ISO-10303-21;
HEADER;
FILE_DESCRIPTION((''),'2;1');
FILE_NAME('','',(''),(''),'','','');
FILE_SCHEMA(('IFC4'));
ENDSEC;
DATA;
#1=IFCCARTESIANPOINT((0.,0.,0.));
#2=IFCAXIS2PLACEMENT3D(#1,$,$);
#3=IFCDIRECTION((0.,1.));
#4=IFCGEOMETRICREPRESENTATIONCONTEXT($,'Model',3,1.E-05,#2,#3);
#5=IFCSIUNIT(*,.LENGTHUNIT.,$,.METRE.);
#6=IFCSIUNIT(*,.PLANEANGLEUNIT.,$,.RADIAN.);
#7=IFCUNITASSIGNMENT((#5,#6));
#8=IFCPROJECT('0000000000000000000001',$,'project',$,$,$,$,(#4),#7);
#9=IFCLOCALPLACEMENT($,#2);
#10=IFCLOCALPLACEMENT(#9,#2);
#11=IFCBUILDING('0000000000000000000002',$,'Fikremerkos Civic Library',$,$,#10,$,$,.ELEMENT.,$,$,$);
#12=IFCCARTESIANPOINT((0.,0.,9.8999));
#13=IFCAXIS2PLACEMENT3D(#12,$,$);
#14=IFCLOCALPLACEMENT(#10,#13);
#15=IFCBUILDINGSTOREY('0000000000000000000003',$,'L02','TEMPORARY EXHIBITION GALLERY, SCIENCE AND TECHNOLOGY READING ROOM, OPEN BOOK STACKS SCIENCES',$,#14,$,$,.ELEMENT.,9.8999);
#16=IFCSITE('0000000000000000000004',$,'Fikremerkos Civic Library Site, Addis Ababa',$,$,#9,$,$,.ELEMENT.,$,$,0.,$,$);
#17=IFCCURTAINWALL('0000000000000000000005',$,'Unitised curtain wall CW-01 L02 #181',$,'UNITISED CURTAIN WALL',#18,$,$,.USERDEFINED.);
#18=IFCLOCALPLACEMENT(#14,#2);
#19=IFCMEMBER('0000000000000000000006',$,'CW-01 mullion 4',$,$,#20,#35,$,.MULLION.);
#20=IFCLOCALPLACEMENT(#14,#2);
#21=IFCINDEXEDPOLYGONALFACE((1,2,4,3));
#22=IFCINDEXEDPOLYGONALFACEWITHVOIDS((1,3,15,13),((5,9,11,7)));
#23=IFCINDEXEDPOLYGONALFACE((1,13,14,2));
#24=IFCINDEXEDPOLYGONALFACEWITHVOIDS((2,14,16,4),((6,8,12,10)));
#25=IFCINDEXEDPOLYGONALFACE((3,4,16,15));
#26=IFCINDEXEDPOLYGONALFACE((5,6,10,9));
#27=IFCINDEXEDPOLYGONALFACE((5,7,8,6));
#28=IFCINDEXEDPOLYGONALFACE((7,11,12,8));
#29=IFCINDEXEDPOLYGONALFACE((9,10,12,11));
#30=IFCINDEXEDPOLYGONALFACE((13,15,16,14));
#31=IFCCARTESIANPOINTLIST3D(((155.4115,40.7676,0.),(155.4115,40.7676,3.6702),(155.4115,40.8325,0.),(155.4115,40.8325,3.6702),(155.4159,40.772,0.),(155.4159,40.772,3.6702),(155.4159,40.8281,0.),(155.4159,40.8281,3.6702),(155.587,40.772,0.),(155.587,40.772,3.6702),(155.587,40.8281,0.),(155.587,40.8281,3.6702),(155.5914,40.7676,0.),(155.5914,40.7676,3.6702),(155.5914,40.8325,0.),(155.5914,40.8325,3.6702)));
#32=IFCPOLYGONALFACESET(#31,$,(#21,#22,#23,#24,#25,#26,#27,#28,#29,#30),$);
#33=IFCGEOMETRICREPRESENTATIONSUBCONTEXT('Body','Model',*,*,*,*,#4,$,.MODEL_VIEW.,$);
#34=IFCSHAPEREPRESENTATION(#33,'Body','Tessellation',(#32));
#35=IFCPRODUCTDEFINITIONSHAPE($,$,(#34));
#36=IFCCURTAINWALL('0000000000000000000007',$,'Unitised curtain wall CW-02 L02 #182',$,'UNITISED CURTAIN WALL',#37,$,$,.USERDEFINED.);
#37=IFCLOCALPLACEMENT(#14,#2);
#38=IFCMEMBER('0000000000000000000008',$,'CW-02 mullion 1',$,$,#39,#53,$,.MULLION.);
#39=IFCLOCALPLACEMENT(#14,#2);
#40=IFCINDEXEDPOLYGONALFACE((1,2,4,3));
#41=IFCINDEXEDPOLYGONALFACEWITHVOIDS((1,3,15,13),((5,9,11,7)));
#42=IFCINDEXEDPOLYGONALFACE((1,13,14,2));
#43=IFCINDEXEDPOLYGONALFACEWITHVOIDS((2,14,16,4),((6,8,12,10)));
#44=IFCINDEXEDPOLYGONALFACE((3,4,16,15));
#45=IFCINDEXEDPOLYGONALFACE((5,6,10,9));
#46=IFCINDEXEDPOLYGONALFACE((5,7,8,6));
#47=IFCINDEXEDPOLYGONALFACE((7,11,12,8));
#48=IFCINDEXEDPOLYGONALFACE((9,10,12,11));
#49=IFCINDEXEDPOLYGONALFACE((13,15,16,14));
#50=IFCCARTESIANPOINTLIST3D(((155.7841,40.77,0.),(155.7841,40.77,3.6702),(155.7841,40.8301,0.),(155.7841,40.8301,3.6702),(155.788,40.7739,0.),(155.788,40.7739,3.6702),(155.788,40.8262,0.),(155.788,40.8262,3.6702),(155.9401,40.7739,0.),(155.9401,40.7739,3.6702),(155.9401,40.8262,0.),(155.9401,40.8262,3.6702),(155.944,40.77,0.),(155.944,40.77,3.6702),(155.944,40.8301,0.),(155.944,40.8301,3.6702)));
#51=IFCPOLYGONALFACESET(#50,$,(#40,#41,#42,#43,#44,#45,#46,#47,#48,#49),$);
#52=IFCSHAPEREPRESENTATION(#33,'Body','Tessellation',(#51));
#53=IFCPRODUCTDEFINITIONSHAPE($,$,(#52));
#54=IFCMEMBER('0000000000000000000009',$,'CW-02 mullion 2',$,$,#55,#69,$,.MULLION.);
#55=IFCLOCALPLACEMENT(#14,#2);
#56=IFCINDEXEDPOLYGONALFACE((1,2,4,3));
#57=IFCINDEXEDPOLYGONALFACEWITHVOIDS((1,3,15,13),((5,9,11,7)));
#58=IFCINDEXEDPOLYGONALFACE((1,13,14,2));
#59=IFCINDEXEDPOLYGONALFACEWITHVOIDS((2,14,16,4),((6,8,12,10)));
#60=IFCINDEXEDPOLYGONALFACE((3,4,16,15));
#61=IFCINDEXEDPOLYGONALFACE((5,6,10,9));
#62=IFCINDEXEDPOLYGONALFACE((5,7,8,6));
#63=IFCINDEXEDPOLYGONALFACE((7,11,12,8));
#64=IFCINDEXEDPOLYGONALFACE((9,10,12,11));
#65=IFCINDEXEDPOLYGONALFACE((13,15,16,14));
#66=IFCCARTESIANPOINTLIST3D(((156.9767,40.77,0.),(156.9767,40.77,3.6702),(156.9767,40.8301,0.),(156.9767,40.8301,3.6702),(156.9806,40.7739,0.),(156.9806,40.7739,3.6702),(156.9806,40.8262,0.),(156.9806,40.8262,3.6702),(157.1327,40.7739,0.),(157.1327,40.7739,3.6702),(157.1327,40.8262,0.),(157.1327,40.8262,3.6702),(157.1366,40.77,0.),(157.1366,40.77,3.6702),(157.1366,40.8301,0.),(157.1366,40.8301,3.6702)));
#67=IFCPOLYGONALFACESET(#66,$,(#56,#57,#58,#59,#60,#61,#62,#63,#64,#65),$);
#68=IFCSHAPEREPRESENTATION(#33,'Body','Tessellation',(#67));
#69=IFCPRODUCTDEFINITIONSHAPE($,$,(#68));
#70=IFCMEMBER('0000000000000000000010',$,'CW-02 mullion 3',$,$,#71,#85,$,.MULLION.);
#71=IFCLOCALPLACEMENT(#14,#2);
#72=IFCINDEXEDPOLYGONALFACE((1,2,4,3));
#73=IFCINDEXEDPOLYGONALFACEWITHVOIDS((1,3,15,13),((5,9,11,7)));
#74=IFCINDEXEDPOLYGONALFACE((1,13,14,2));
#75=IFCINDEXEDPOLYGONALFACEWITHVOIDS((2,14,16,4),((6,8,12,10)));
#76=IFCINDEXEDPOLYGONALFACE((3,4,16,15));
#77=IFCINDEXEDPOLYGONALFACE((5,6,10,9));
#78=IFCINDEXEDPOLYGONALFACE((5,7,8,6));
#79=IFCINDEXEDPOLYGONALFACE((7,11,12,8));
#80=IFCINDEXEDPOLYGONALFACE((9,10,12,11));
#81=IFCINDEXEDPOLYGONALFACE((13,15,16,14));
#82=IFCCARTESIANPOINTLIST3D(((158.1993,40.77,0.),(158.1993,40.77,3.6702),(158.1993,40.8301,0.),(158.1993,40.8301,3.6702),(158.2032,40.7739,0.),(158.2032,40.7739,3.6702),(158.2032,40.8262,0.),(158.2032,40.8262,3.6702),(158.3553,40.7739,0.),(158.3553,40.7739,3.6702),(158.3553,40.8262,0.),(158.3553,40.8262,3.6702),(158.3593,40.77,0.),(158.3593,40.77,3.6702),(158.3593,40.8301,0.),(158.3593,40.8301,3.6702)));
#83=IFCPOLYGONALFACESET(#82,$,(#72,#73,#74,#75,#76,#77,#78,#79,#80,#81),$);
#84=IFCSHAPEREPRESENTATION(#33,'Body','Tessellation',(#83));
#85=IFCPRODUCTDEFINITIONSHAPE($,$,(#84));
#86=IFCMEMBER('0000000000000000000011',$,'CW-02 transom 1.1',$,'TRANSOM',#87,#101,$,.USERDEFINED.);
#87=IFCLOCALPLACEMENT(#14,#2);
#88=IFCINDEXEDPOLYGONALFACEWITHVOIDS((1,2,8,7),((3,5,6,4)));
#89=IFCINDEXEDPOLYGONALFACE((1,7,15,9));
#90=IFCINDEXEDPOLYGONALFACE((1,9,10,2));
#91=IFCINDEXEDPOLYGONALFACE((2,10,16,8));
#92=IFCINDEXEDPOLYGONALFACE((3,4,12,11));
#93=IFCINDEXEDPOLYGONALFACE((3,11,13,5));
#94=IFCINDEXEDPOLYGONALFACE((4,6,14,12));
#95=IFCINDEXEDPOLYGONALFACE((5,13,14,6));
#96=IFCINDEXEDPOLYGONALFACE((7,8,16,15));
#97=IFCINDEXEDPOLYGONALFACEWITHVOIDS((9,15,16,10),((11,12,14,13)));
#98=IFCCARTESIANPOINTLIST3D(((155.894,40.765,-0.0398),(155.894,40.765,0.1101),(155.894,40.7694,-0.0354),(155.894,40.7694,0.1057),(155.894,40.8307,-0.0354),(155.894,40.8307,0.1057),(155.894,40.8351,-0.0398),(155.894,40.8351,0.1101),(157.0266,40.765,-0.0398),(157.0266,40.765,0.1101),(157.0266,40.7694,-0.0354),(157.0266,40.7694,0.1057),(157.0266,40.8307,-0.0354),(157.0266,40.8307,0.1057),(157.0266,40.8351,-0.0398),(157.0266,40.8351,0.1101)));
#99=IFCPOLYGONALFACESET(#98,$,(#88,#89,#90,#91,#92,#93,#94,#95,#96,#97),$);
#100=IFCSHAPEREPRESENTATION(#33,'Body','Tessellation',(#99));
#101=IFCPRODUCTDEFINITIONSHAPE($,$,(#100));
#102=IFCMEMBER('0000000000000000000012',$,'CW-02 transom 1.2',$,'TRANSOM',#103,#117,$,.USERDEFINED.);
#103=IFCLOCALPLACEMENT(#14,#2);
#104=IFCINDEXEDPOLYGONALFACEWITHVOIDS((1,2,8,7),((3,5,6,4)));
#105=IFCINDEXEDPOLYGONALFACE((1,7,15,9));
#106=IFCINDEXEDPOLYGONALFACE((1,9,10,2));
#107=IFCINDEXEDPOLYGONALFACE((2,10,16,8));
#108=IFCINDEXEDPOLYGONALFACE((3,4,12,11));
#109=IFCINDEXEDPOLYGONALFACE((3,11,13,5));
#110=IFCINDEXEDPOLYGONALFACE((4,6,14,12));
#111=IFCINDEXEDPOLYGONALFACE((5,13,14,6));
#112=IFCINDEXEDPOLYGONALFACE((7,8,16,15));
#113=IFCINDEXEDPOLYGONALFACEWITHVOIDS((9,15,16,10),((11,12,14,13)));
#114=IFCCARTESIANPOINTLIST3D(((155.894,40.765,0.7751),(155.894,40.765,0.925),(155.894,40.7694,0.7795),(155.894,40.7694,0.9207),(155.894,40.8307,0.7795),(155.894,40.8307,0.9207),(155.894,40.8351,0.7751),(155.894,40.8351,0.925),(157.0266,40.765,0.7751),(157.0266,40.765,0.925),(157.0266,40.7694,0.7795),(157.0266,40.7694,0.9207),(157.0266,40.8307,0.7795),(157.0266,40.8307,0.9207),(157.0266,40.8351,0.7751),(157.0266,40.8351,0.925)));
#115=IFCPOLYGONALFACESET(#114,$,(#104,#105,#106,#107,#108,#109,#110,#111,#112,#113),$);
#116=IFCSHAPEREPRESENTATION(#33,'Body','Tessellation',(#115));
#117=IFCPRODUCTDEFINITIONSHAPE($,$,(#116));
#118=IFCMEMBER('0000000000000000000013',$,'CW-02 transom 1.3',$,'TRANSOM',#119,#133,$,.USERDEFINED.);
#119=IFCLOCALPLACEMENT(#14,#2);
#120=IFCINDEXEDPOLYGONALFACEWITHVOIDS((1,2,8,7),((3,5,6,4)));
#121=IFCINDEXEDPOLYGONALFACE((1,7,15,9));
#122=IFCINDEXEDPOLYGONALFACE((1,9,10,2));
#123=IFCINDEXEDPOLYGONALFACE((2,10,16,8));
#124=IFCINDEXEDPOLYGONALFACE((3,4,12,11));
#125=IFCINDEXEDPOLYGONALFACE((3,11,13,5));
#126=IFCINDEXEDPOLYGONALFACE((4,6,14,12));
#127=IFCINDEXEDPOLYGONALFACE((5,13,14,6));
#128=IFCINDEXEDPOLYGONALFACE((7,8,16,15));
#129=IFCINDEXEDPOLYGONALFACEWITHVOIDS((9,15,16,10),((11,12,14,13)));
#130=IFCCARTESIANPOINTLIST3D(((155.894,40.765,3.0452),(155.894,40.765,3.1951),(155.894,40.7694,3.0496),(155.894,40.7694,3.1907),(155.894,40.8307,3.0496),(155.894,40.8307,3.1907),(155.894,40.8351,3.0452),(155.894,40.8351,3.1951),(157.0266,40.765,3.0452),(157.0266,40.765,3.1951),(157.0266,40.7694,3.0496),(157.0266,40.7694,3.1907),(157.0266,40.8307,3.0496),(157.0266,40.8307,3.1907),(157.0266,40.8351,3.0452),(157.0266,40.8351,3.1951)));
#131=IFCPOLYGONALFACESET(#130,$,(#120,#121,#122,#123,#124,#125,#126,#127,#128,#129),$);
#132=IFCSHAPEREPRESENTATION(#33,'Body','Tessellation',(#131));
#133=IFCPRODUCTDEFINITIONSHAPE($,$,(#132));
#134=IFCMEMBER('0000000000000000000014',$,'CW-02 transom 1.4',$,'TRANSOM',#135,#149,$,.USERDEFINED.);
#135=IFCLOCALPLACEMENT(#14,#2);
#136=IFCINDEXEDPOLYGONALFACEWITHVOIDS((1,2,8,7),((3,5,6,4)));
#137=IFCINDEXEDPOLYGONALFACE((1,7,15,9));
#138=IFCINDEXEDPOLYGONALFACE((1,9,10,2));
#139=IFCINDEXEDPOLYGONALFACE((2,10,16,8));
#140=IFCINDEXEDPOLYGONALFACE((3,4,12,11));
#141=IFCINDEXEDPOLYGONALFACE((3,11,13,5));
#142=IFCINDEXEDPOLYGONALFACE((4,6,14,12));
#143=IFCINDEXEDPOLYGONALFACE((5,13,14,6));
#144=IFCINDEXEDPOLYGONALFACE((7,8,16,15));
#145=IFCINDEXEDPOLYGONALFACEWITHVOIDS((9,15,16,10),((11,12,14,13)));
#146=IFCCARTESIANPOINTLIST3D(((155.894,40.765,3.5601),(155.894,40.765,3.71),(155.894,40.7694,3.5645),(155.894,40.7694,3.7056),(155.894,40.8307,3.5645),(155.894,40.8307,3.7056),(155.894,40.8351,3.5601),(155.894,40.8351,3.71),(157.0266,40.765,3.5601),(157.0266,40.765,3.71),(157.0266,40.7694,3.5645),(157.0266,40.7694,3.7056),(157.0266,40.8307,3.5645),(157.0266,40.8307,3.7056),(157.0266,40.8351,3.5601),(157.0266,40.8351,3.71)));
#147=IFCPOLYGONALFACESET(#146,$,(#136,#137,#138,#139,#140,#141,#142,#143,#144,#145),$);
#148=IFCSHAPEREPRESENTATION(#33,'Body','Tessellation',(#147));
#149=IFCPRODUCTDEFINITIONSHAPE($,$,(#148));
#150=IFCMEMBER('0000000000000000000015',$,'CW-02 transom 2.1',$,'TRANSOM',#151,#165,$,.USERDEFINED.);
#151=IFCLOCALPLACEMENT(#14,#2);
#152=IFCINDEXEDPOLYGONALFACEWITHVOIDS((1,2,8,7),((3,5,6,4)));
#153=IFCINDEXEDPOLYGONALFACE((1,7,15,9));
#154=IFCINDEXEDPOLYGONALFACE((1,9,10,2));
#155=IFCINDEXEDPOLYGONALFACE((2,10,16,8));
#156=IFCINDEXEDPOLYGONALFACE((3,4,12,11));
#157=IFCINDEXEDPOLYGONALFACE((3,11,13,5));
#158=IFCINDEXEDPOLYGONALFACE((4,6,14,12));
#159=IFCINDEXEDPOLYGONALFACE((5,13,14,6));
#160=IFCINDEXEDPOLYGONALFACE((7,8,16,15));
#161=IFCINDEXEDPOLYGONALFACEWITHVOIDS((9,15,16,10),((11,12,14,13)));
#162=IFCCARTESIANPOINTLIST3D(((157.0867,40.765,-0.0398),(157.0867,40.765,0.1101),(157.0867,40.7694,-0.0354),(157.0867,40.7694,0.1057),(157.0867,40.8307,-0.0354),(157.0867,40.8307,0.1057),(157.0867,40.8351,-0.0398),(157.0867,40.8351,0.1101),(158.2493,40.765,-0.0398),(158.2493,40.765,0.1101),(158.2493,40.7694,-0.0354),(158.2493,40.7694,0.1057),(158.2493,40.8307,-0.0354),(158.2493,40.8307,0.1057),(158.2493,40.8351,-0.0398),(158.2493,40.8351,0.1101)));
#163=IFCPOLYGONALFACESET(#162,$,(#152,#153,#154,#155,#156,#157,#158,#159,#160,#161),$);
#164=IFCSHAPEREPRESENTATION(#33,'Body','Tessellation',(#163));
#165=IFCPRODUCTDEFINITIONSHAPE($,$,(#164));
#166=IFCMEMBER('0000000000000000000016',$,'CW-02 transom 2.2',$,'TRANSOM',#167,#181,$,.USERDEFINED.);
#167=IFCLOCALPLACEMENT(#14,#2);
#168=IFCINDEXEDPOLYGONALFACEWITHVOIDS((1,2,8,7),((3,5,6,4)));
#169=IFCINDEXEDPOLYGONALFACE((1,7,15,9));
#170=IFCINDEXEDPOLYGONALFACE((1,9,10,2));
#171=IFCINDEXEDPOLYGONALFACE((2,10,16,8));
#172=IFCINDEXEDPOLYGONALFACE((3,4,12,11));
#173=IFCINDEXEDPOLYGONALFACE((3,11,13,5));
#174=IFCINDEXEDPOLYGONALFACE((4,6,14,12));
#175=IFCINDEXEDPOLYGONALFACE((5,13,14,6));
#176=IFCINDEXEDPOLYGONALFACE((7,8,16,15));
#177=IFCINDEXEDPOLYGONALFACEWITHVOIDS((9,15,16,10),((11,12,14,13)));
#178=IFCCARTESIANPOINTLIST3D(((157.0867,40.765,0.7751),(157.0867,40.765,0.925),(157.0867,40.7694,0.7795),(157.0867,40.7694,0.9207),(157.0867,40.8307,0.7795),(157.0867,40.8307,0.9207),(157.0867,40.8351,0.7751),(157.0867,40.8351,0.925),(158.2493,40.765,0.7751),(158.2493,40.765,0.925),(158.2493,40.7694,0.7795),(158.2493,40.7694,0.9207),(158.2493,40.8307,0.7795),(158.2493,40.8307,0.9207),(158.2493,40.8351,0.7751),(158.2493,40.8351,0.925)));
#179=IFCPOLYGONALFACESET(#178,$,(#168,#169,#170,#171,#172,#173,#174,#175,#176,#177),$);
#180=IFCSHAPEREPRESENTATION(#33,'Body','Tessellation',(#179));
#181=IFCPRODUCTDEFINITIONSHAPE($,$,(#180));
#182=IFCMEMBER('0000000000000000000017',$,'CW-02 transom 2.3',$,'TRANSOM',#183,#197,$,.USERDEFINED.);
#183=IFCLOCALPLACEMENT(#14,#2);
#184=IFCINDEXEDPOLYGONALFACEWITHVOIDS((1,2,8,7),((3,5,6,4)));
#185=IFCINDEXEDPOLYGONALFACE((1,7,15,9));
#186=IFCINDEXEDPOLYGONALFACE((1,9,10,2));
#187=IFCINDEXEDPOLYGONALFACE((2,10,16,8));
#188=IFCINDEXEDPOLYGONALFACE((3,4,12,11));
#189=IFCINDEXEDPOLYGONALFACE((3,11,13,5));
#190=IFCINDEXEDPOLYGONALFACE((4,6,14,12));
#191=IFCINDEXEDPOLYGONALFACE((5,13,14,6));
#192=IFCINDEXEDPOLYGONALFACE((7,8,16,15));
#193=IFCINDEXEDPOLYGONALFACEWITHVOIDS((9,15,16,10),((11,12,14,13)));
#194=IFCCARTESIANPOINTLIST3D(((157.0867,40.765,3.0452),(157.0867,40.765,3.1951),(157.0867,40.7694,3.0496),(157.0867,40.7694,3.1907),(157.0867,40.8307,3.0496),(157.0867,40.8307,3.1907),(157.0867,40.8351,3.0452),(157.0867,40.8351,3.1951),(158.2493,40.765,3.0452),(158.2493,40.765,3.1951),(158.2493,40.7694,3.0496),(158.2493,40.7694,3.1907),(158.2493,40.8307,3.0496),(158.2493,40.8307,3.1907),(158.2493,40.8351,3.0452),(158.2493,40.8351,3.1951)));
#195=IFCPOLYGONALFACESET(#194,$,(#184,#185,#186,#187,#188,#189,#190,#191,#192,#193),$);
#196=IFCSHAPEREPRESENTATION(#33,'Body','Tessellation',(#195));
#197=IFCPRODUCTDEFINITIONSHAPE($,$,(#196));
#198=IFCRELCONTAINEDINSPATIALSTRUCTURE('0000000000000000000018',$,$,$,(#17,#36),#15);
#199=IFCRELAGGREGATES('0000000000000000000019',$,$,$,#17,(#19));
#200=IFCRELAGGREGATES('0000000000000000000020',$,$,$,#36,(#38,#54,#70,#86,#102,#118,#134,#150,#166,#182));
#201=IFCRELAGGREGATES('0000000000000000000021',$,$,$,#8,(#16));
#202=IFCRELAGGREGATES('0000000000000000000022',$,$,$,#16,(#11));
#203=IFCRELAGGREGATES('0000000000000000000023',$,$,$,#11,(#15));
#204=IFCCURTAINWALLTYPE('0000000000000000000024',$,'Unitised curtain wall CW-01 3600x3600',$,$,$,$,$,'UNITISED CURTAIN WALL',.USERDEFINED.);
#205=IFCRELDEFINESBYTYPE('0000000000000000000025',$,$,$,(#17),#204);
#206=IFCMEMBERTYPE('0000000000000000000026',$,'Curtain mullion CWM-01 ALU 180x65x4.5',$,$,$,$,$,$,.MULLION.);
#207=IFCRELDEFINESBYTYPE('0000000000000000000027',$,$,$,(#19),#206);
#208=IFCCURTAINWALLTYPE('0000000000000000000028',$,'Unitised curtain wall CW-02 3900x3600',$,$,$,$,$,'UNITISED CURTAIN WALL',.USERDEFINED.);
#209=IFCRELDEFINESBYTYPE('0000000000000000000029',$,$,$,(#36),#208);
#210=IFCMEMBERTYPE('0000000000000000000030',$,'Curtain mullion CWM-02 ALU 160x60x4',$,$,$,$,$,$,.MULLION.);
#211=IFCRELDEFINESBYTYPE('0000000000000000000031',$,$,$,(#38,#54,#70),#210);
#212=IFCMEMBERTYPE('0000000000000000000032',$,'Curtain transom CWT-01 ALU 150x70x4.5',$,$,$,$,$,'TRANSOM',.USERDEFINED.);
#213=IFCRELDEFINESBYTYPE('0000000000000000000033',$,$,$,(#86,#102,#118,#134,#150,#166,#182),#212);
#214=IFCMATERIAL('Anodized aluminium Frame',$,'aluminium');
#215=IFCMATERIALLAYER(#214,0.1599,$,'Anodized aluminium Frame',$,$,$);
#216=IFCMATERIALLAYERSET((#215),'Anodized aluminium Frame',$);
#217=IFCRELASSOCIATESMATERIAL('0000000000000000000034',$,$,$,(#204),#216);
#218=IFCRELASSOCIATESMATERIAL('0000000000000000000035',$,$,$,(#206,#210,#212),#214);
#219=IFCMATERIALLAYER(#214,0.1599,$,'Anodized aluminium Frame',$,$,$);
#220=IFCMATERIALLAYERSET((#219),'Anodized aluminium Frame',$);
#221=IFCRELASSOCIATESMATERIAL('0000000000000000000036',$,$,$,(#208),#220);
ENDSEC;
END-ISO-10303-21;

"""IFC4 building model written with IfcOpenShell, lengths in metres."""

from ifc_helpers import new_model, si_unit, direction, frame, origin, origin_2d, place, context, subcontext, project, spatial, hollow_rectangle, extrude, material, layer, layer_set, material_profile, profile_set, type_object, element, aggregate, save


model = new_model("IFC4")

# Units and contexts
model_context = context("Model", 3, precision=1e-05, world=origin(), true_north=direction((0.0, 1.0)))
body_context = subcontext(model_context, "Body", "Model", "MODEL_VIEW")
ifc_project = project(units=[si_unit("LENGTHUNIT", "METRE"), si_unit("PLANEANGLEUNIT", "RADIAN")], contexts=[model_context])

# Site, building, storey
site_placement = place(None, origin())
site = spatial("IfcSite", under=ifc_project, at=site_placement, Name="Fikremerkos Civic Library Site, Addis Ababa", CompositionType="ELEMENT", RefElevation=0.0)
building_placement = place(site_placement, origin())
building = spatial("IfcBuilding", under=site, at=building_placement, Name="Fikremerkos Civic Library", CompositionType="ELEMENT")
storey_placement = place(building_placement, frame((0.0, 0.0, 9.8999)))
storey = spatial("IfcBuildingStorey", under=building, at=storey_placement, Name="L02", Description="TEMPORARY EXHIBITION GALLERY, SCIENCE AND TECHNOLOGY READING ROOM, OPEN BOOK STACKS SCIENCES", CompositionType="ELEMENT", Elevation=9.8999)

# Curtain wall, member
ifc_material_1 = material(Name="Anodized aluminium Frame", Category="aluminium")
ifc_layer_1 = layer(ifc_material_1, 0.1599, Name="Anodized aluminium Frame")
ifc_layer_set_1 = layer_set([ifc_layer_1], Name="Anodized aluminium Frame")
curtain_wall_type_1 = type_object("IfcCurtainWallType", Name="Unitised curtain wall CW-01 3600x3600", ElementType="UNITISED CURTAIN WALL", PredefinedType="USERDEFINED", material=ifc_layer_set_1)
curtain_wall_1_placement = place(storey_placement, origin())
curtain_wall_1 = element("IfcCurtainWall", 1, at=curtain_wall_1_placement, inside=storey, type_object=curtain_wall_type_1, Name="Unitised curtain wall CW-01 L02 #181", ObjectType="UNITISED CURTAIN WALL", PredefinedType="USERDEFINED")
ifc_material_profile_1 = material_profile(ifc_material_1, hollow_rectangle(XDim=0.0649, YDim=0.1799, WallThickness=0.0044, at=origin_2d()), Name="ALU 180x65x4.5")
ifc_profile_set_1 = profile_set([ifc_material_profile_1], Name="Anodized aluminium Frame")
member_type_1 = type_object("IfcMemberType", Name="Curtain mullion CWM-01 ALU 180x65x4.5", PredefinedType="MULLION", material=ifc_profile_set_1)
member_1_placement = place(storey_placement, frame((155.5015, 40.8, 0.0), z_axis=(0.0, 0.0, 1.0), x_axis=(0.0, 1.0, 0.0)))
member_1 = element("IfcMember", 2, at=member_1_placement, type_object=member_type_1, Name="CW-01 mullion 4", PredefinedType="MULLION", context=body_context, shape_type="SweptSolid", body=[
    extrude(hollow_rectangle(XDim=0.0649, YDim=0.1799, WallThickness=0.0044, at=origin_2d()), origin(), (0.0, 0.0, 1.0), 3.6702),
])

# Curtain wall, members
ifc_layer_2 = layer(ifc_material_1, 0.1599, Name="Anodized aluminium Frame")
ifc_layer_set_2 = layer_set([ifc_layer_2], Name="Anodized aluminium Frame")
curtain_wall_type_2 = type_object("IfcCurtainWallType", Name="Unitised curtain wall CW-02 3900x3600", ElementType="UNITISED CURTAIN WALL", PredefinedType="USERDEFINED", material=ifc_layer_set_2)
curtain_wall_2_placement = place(storey_placement, origin())
curtain_wall_2 = element("IfcCurtainWall", 3, at=curtain_wall_2_placement, inside=storey, type_object=curtain_wall_type_2, Name="Unitised curtain wall CW-02 L02 #182", ObjectType="UNITISED CURTAIN WALL", PredefinedType="USERDEFINED")
ifc_material_profile_2 = material_profile(ifc_material_1, hollow_rectangle(XDim=0.0601, YDim=0.1599, WallThickness=0.0039, at=origin_2d()), Name="ALU 160x60x4")
ifc_profile_set_2 = profile_set([ifc_material_profile_2], Name="Anodized aluminium Frame")
member_type_2 = type_object("IfcMemberType", Name="Curtain mullion CWM-02 ALU 160x60x4", PredefinedType="MULLION", material=ifc_profile_set_2)
member_2_placement = place(storey_placement, frame((155.864, 40.8, 0.0), z_axis=(0.0, 0.0, 1.0), x_axis=(0.0, 1.0, 0.0)))
member_2 = element("IfcMember", 4, at=member_2_placement, type_object=member_type_2, Name="CW-02 mullion 1", PredefinedType="MULLION", context=body_context, shape_type="SweptSolid", body=[
    extrude(hollow_rectangle(XDim=0.0601, YDim=0.1599, WallThickness=0.0039, at=origin_2d()), origin(), (0.0, 0.0, 1.0), 3.6702),
])
member_3_placement = place(storey_placement, frame((157.0566, 40.8, 0.0), z_axis=(0.0, 0.0, 1.0), x_axis=(0.0, 1.0, 0.0)))
member_3 = element("IfcMember", 5, at=member_3_placement, type_object=member_type_2, Name="CW-02 mullion 2", PredefinedType="MULLION", context=body_context, shape_type="SweptSolid", body=[
    extrude(hollow_rectangle(XDim=0.0601, YDim=0.1599, WallThickness=0.0039, at=origin_2d()), origin(), (0.0, 0.0, 1.0), 3.6702),
])
member_4_placement = place(storey_placement, frame((158.2793, 40.8, 0.0), z_axis=(0.0, 0.0, 1.0), x_axis=(0.0, 1.0, 0.0)))
member_4 = element("IfcMember", 6, at=member_4_placement, type_object=member_type_2, Name="CW-02 mullion 3", PredefinedType="MULLION", context=body_context, shape_type="SweptSolid", body=[
    extrude(hollow_rectangle(XDim=0.0601, YDim=0.1599, WallThickness=0.0039, at=origin_2d()), origin(), (0.0, 0.0, 1.0), 3.6702),
])
ifc_material_profile_3 = material_profile(ifc_material_1, hollow_rectangle(XDim=0.0701, YDim=0.1499, WallThickness=0.0044, at=origin_2d()), Name="ALU 150x70x4.5")
ifc_profile_set_3 = profile_set([ifc_material_profile_3], Name="Anodized aluminium Frame")
member_type_3 = type_object("IfcMemberType", Name="Curtain transom CWT-01 ALU 150x70x4.5", ElementType="TRANSOM", PredefinedType="USERDEFINED", material=ifc_profile_set_3)
member_5_placement = place(storey_placement, frame((155.894, 40.8, 0.0352), z_axis=(1.0, 0.0, 0.0), x_axis=(0.0, 1.0, 0.0)))
member_5 = element("IfcMember", 7, at=member_5_placement, type_object=member_type_3, Name="CW-02 transom 1.1", ObjectType="TRANSOM", PredefinedType="USERDEFINED", context=body_context, shape_type="SweptSolid", body=[
    extrude(hollow_rectangle(XDim=0.0701, YDim=0.1499, WallThickness=0.0044, at=origin_2d()), origin(), (0.0, 0.0, 1.0), 1.1326),
])
member_6_placement = place(storey_placement, frame((155.894, 40.8, 0.8501), z_axis=(1.0, 0.0, 0.0), x_axis=(0.0, 1.0, 0.0)))
member_6 = element("IfcMember", 8, at=member_6_placement, type_object=member_type_3, Name="CW-02 transom 1.2", ObjectType="TRANSOM", PredefinedType="USERDEFINED", context=body_context, shape_type="SweptSolid", body=[
    extrude(hollow_rectangle(XDim=0.0701, YDim=0.1499, WallThickness=0.0044, at=origin_2d()), origin(), (0.0, 0.0, 1.0), 1.1326),
])
member_7_placement = place(storey_placement, frame((155.894, 40.8, 3.1201), z_axis=(1.0, 0.0, 0.0), x_axis=(0.0, 1.0, 0.0)))
member_7 = element("IfcMember", 9, at=member_7_placement, type_object=member_type_3, Name="CW-02 transom 1.3", ObjectType="TRANSOM", PredefinedType="USERDEFINED", context=body_context, shape_type="SweptSolid", body=[
    extrude(hollow_rectangle(XDim=0.0701, YDim=0.1499, WallThickness=0.0044, at=origin_2d()), origin(), (0.0, 0.0, 1.0), 1.1326),
])
member_8_placement = place(storey_placement, frame((155.894, 40.8, 3.635), z_axis=(1.0, 0.0, 0.0), x_axis=(0.0, 1.0, 0.0)))
member_8 = element("IfcMember", 10, at=member_8_placement, type_object=member_type_3, Name="CW-02 transom 1.4", ObjectType="TRANSOM", PredefinedType="USERDEFINED", context=body_context, shape_type="SweptSolid", body=[
    extrude(hollow_rectangle(XDim=0.0701, YDim=0.1499, WallThickness=0.0044, at=origin_2d()), origin(), (0.0, 0.0, 1.0), 1.1326),
])
member_9_placement = place(storey_placement, frame((157.0867, 40.8, 0.0352), z_axis=(1.0, 0.0, 0.0), x_axis=(0.0, 1.0, 0.0)))
member_9 = element("IfcMember", 11, at=member_9_placement, type_object=member_type_3, Name="CW-02 transom 2.1", ObjectType="TRANSOM", PredefinedType="USERDEFINED", context=body_context, shape_type="SweptSolid", body=[
    extrude(hollow_rectangle(XDim=0.0701, YDim=0.1499, WallThickness=0.0044, at=origin_2d()), origin(), (0.0, 0.0, 1.0), 1.1626),
])
member_10_placement = place(storey_placement, frame((157.0867, 40.8, 0.8501), z_axis=(1.0, 0.0, 0.0), x_axis=(0.0, 1.0, 0.0)))
member_10 = element("IfcMember", 12, at=member_10_placement, type_object=member_type_3, Name="CW-02 transom 2.2", ObjectType="TRANSOM", PredefinedType="USERDEFINED", context=body_context, shape_type="SweptSolid", body=[
    extrude(hollow_rectangle(XDim=0.0701, YDim=0.1499, WallThickness=0.0044, at=origin_2d()), origin(), (0.0, 0.0, 1.0), 1.1626),
])
member_11_placement = place(storey_placement, frame((157.0867, 40.8, 3.1201), z_axis=(1.0, 0.0, 0.0), x_axis=(0.0, 1.0, 0.0)))
member_11 = element("IfcMember", 13, at=member_11_placement, type_object=member_type_3, Name="CW-02 transom 2.3", ObjectType="TRANSOM", PredefinedType="USERDEFINED", context=body_context, shape_type="SweptSolid", body=[
    extrude(hollow_rectangle(XDim=0.0701, YDim=0.1499, WallThickness=0.0044, at=origin_2d()), origin(), (0.0, 0.0, 1.0), 1.1626),
])

aggregate(curtain_wall_1, [member_1])
aggregate(curtain_wall_2, [member_2, member_3, member_4, member_5, member_6, member_7, member_8, member_9, member_10, member_11])

save(model, "model.ifc")
